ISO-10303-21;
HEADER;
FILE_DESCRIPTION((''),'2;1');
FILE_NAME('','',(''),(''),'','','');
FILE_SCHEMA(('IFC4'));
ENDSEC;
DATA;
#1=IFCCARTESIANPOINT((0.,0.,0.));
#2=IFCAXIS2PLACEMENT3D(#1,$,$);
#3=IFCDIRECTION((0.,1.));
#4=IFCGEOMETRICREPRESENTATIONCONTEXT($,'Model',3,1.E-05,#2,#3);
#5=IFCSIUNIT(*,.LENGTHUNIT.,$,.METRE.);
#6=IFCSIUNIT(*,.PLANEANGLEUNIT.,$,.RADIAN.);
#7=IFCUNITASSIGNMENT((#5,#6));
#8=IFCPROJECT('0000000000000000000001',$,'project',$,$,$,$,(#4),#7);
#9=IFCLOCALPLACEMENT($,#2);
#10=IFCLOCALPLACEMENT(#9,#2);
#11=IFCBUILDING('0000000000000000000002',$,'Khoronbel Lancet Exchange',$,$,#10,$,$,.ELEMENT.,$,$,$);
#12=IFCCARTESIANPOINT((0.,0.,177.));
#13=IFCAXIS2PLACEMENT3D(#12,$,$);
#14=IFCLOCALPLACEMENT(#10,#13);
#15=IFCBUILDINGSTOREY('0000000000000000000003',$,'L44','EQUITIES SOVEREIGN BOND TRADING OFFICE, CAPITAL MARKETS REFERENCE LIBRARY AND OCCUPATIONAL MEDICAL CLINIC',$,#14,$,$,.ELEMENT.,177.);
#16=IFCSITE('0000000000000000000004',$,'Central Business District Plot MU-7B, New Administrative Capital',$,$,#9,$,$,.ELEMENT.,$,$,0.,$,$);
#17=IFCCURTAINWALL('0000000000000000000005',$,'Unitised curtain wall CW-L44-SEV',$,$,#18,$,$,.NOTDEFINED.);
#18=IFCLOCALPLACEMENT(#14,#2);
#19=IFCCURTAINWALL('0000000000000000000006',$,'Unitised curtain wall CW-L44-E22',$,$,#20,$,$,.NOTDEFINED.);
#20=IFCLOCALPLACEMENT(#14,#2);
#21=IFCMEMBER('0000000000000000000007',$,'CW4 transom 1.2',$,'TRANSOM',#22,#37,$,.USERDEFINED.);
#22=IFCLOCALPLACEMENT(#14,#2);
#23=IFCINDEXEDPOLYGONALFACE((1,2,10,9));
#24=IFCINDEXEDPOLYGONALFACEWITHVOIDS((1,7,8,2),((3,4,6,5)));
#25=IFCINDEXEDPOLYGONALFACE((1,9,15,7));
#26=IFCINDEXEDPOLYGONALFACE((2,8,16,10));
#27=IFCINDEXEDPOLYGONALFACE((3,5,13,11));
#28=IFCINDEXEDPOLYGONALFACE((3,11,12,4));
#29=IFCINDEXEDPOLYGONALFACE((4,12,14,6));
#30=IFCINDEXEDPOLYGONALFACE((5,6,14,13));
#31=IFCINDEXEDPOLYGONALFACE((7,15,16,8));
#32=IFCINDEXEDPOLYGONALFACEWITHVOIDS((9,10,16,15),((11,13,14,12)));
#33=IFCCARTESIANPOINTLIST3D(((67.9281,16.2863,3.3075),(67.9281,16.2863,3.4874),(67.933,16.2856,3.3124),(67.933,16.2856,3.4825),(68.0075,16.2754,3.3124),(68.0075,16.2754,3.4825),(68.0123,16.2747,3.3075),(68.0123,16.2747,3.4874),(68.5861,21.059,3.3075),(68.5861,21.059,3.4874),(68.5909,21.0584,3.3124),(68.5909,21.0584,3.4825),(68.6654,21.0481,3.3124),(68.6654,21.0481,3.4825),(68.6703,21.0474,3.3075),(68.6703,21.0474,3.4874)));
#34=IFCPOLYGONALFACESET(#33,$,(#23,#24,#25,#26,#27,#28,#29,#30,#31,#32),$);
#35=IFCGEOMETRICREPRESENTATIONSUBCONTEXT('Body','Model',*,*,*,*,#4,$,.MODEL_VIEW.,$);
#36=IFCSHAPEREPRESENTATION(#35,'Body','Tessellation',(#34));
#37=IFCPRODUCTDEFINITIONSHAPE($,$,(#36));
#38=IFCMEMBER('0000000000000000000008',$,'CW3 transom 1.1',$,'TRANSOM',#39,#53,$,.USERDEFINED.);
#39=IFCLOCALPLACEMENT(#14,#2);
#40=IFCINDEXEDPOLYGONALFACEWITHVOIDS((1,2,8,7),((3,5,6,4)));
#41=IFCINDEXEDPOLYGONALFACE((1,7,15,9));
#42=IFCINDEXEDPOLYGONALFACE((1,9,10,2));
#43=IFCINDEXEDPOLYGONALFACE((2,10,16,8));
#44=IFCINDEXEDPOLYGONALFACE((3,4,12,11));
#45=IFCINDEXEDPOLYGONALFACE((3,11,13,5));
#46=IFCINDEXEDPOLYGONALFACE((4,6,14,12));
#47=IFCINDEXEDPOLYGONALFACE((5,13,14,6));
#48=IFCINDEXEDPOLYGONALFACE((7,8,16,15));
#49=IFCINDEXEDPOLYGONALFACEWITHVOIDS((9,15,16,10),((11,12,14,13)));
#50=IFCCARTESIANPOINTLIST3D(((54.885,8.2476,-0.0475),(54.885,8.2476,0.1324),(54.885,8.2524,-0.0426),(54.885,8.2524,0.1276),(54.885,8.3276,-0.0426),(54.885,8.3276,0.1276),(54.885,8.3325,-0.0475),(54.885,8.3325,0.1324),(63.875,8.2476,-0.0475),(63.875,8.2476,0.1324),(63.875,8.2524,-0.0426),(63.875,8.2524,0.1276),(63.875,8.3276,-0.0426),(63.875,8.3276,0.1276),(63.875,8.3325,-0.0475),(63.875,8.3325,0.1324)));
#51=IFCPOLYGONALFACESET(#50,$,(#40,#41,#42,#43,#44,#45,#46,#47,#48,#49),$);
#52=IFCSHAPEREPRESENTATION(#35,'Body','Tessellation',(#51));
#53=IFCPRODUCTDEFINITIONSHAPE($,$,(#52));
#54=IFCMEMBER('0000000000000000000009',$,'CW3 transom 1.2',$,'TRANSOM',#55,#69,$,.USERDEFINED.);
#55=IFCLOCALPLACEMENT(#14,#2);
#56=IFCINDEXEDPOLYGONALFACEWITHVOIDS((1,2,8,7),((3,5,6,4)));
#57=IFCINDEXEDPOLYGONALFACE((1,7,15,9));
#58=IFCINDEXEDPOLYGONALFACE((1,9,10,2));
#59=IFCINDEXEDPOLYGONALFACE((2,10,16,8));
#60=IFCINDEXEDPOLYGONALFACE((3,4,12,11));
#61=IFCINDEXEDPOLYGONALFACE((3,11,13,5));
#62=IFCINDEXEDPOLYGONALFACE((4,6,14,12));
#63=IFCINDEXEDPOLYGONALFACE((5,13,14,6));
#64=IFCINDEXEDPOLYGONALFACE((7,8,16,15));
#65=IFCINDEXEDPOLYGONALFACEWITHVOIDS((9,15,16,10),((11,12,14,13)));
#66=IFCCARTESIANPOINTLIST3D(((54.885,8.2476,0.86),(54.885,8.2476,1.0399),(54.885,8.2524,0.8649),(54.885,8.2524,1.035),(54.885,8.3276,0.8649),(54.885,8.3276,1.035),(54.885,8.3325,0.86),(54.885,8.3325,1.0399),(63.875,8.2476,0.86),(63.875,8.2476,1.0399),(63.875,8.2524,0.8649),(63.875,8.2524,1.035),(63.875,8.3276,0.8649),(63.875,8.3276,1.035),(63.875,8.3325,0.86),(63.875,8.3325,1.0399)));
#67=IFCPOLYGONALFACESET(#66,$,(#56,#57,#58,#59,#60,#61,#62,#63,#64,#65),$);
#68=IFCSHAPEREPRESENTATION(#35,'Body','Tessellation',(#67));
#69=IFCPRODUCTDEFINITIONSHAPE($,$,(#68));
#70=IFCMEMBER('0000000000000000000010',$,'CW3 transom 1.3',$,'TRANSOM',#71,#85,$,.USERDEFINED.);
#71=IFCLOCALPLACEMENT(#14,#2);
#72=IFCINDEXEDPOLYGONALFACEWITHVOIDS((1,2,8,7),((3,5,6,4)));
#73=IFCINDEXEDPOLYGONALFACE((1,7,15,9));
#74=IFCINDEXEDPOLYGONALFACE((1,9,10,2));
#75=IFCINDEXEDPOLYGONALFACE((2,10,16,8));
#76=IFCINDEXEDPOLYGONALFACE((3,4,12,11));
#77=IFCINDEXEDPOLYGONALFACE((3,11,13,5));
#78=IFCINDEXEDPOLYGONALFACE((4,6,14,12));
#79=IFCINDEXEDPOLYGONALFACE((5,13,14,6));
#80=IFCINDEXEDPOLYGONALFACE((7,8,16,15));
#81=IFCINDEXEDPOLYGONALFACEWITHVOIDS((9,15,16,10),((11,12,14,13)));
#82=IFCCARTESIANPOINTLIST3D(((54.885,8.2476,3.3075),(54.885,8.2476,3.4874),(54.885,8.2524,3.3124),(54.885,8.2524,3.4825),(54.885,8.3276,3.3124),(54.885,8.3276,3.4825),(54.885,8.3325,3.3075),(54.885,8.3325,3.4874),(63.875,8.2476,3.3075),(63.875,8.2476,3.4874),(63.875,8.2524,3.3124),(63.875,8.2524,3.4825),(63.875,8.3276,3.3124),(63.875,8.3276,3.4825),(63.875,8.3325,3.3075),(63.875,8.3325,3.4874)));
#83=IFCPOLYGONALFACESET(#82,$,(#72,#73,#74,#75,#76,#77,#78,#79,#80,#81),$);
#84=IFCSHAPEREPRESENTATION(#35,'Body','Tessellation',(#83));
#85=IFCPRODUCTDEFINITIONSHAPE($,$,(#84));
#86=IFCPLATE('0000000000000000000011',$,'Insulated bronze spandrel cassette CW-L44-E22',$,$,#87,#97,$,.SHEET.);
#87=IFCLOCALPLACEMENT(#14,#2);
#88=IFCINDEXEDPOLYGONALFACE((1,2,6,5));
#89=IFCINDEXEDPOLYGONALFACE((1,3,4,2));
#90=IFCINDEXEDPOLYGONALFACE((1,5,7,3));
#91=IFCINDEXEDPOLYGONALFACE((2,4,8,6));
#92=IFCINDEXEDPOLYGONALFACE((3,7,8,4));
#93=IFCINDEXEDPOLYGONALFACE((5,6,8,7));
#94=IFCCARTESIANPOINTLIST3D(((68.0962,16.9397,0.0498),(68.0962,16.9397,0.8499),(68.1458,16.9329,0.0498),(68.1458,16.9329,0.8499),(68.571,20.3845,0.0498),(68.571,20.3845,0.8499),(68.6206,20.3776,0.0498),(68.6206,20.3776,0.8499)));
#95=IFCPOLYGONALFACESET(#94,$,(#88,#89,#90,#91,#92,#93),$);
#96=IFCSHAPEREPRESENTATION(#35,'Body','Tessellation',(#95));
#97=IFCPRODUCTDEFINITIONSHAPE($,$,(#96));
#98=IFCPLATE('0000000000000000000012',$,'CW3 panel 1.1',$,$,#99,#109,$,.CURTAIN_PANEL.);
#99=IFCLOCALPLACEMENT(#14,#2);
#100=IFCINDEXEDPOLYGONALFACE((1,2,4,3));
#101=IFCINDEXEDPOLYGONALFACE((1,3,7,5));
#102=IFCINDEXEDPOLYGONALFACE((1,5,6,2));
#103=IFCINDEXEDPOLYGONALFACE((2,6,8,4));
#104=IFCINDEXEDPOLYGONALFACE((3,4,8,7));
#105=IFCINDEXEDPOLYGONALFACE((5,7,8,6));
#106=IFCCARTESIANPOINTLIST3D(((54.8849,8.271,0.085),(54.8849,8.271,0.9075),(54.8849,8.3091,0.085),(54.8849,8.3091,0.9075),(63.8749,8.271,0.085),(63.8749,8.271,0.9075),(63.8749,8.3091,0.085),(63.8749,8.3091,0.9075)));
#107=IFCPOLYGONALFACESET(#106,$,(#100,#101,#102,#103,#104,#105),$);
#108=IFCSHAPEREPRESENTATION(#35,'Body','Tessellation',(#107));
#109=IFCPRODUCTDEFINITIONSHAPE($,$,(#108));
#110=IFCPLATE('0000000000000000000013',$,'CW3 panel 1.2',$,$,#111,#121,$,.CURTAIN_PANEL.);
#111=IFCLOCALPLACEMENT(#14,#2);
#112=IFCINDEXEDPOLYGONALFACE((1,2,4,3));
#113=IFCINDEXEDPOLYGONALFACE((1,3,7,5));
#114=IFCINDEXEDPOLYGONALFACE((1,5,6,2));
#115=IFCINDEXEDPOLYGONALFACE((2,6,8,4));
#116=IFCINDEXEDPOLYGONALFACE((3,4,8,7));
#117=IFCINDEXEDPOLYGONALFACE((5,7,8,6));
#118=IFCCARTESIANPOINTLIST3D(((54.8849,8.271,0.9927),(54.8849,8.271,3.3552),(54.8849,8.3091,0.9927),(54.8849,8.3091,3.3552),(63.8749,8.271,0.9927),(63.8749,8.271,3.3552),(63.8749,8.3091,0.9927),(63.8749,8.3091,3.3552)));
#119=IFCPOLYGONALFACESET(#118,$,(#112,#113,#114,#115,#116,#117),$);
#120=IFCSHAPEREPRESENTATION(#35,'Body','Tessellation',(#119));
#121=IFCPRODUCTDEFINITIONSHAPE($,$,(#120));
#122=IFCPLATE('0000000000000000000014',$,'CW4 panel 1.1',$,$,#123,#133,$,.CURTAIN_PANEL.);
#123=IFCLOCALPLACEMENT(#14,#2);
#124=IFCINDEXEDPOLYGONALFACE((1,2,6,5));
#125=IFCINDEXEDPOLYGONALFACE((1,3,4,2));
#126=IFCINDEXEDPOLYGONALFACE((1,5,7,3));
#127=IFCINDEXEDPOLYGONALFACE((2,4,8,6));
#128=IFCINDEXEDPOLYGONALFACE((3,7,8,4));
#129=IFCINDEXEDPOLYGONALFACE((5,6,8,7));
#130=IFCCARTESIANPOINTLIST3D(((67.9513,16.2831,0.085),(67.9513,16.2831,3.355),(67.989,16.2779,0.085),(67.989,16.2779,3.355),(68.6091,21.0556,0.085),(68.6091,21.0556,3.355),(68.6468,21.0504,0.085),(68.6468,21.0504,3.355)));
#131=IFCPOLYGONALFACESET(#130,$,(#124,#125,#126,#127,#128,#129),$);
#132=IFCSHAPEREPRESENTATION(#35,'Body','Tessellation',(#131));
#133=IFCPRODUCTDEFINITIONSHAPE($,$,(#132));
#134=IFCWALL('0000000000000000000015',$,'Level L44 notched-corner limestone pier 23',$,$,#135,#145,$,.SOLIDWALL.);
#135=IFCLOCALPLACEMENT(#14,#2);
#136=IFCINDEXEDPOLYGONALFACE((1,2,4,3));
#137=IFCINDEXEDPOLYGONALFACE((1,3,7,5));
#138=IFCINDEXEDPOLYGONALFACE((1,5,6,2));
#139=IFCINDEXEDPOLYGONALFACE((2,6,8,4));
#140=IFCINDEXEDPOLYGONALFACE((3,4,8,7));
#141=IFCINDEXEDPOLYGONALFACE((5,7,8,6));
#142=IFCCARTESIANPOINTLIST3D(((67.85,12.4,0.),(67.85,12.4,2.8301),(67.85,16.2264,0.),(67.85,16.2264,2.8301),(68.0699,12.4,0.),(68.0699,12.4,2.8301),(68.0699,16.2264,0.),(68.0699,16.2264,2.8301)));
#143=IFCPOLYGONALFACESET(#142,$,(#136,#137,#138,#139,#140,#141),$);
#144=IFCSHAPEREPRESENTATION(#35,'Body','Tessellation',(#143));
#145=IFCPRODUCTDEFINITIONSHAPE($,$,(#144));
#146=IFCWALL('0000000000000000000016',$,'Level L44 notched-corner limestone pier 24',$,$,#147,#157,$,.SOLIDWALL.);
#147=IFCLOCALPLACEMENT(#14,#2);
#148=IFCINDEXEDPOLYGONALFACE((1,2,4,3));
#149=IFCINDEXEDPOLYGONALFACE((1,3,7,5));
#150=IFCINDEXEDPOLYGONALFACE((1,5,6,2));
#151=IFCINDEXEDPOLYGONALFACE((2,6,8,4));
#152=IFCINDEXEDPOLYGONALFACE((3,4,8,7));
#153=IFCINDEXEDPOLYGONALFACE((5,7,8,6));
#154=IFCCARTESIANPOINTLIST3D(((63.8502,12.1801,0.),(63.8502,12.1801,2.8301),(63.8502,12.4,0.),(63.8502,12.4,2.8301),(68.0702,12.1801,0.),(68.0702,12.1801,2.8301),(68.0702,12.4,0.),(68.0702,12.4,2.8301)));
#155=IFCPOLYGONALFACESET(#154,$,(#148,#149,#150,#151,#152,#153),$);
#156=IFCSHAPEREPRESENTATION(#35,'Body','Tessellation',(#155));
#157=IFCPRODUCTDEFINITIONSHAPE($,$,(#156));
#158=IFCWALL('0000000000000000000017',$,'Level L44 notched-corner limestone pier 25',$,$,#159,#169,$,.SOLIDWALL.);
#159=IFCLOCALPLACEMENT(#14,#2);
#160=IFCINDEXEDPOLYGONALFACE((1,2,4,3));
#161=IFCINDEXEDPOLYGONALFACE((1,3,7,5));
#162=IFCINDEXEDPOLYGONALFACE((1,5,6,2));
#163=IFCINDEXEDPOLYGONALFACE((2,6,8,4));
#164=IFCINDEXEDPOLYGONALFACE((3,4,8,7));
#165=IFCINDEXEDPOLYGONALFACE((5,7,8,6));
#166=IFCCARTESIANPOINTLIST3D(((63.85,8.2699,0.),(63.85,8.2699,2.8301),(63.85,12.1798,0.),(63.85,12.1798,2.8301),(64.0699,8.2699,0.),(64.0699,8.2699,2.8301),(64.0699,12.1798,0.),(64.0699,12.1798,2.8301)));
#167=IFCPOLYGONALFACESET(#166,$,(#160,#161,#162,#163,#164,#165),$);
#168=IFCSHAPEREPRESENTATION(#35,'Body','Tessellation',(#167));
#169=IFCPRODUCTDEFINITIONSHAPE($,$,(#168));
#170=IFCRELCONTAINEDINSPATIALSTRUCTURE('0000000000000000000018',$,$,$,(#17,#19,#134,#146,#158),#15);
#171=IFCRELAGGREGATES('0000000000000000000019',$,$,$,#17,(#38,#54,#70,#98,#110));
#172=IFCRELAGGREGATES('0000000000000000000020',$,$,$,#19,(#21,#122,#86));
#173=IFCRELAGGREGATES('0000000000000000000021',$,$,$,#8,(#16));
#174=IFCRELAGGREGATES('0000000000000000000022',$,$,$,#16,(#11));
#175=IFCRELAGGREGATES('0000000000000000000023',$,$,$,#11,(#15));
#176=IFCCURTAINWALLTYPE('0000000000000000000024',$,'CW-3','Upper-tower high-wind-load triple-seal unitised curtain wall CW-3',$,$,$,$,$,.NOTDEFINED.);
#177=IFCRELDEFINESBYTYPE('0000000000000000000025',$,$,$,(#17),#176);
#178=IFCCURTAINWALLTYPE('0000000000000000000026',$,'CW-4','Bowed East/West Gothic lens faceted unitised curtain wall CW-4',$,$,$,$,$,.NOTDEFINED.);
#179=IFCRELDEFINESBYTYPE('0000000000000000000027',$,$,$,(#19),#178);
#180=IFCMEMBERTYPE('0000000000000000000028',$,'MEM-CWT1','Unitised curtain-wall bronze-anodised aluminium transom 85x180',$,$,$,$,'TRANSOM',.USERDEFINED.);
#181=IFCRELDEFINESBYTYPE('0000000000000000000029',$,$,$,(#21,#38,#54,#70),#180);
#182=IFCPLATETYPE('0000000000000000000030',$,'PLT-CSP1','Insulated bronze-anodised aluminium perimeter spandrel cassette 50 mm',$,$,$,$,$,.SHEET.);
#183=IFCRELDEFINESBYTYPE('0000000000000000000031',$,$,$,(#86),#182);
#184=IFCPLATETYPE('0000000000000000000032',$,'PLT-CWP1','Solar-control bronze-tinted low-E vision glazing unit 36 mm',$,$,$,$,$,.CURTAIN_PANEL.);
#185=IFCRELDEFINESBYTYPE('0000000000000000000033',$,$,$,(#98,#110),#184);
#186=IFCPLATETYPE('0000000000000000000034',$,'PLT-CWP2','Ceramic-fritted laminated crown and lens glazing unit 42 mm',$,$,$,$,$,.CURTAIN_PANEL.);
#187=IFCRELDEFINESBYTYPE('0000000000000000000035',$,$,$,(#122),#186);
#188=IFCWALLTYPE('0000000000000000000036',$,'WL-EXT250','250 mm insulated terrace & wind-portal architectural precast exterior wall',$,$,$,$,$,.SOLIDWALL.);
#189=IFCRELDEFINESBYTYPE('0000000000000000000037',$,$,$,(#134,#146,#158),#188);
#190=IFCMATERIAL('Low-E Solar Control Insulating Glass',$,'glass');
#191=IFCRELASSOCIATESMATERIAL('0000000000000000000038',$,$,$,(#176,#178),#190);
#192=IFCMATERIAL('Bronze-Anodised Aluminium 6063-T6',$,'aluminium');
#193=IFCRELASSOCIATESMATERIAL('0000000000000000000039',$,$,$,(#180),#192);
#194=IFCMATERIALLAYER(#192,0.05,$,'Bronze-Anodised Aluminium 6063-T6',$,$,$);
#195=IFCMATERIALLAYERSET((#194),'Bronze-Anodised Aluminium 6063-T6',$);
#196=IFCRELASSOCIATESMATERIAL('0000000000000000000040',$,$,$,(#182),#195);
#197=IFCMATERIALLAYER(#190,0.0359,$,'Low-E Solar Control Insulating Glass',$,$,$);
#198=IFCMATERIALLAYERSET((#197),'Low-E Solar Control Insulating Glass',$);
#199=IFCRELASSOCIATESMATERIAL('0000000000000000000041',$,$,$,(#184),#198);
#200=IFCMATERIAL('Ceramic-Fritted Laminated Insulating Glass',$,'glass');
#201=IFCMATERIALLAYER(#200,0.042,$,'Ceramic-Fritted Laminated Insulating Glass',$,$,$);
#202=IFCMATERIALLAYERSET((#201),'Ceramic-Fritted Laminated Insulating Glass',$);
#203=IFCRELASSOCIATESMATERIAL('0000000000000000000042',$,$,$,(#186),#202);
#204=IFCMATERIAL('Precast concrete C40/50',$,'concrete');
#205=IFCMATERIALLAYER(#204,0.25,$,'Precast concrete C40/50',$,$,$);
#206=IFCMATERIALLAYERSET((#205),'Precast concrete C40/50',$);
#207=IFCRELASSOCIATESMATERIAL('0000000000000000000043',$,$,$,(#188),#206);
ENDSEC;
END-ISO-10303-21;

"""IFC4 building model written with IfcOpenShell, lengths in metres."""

from ifc_helpers import new_model, si_unit, direction, frame, frame_2d, origin, origin_2d, place, context, subcontext, project, spatial, rectangle, hollow_rectangle, extrude, material, layer, layer_set, material_profile, profile_set, type_object, element, aggregate, save


model = new_model("IFC4")

# Units and contexts
model_context = context("Model", 3, precision=1e-05, world=origin(), true_north=direction((0.0, 1.0)))
body_context = subcontext(model_context, "Body", "Model", "MODEL_VIEW")
ifc_project = project(units=[si_unit("LENGTHUNIT", "METRE"), si_unit("PLANEANGLEUNIT", "RADIAN")], contexts=[model_context])

# Site, building, storey
site_placement = place(None, origin())
site = spatial("IfcSite", under=ifc_project, at=site_placement, Name="Central Business District Plot MU-7B, New Administrative Capital", CompositionType="ELEMENT", RefElevation=0.0)
building_placement = place(site_placement, origin())
building = spatial("IfcBuilding", under=site, at=building_placement, Name="Khoronbel Lancet Exchange", CompositionType="ELEMENT")
storey_placement = place(building_placement, frame((0.0, 0.0, 177.0)))
storey = spatial("IfcBuildingStorey", under=building, at=storey_placement, Name="L44", Description="EQUITIES SOVEREIGN BOND TRADING OFFICE, CAPITAL MARKETS REFERENCE LIBRARY AND OCCUPATIONAL MEDICAL CLINIC", CompositionType="ELEMENT", Elevation=177.0)

# Curtain wall
ifc_material_1 = material(Name="Low-E Solar Control Insulating Glass", Category="glass")
curtain_wall_type_1 = type_object("IfcCurtainWallType", Name="CW-3", Description="Upper-tower high-wind-load triple-seal unitised curtain wall CW-3", PredefinedType="NOTDEFINED", material=ifc_material_1)
curtain_wall_1_placement = place(storey_placement, origin())
curtain_wall_1 = element("IfcCurtainWall", 1, at=curtain_wall_1_placement, inside=storey, type_object=curtain_wall_type_1, Name="Unitised curtain wall CW-L44-SEV", PredefinedType="NOTDEFINED")
ifc_material_2 = material(Name="Bronze-Anodised Aluminium 6063-T6", Category="aluminium")
curtain_wall_type_2 = type_object("IfcCurtainWallType", Name="CW-4", Description="Bowed East/West Gothic lens faceted unitised curtain wall CW-4", PredefinedType="NOTDEFINED", material=ifc_material_1)

# Curtain wall, member
curtain_wall_2_placement = place(storey_placement, origin())
curtain_wall_2 = element("IfcCurtainWall", 2, at=curtain_wall_2_placement, inside=storey, type_object=curtain_wall_type_2, Name="Unitised curtain wall CW-L44-E22", PredefinedType="NOTDEFINED")
ifc_material_profile_1 = material_profile(ifc_material_2, hollow_rectangle(XDim=0.085, YDim=0.1799, WallThickness=0.0049, at=origin_2d()), Name="ALU TRANSOM 85x180")
ifc_profile_set_1 = profile_set([ifc_material_profile_1], Name="Bronze-Anodised Aluminium 6063-T6")
member_type_1 = type_object("IfcMemberType", Name="MEM-CWT1", Description="Unitised curtain-wall bronze-anodised aluminium transom 85x180", ElementType="TRANSOM", PredefinedType="USERDEFINED", material=ifc_profile_set_1)
member_1_placement = place(storey_placement, frame((68.6282, 21.0532, 3.3975), z_axis=(-0.136567, -0.990631, 0.0), x_axis=(0.990631, -0.136567, 0.0)))
member_1 = element("IfcMember", 3, at=member_1_placement, type_object=member_type_1, Name="CW4 transom 1.2", ObjectType="TRANSOM", PredefinedType="USERDEFINED", context=body_context, shape_type="SweptSolid", body=[
    extrude(hollow_rectangle(XDim=0.085, YDim=0.1799, WallThickness=0.0049, at=origin_2d()), origin(), (0.0, 0.0, 1.0), 4.8179),
])

# Members
member_2_placement = place(storey_placement, frame((54.885, 8.29, 0.0425), z_axis=(1.0, 0.0, 0.0), x_axis=(0.0, 1.0, 0.0)))
member_2 = element("IfcMember", 4, at=member_2_placement, type_object=member_type_1, Name="CW3 transom 1.1", ObjectType="TRANSOM", PredefinedType="USERDEFINED", context=body_context, shape_type="SweptSolid", body=[
    extrude(hollow_rectangle(XDim=0.085, YDim=0.1799, WallThickness=0.0049, at=origin_2d()), origin(), (0.0, 0.0, 1.0), 8.99),
])
member_3_placement = place(storey_placement, frame((54.885, 8.29, 0.95), z_axis=(1.0, 0.0, 0.0), x_axis=(0.0, 1.0, 0.0)))
member_3 = element("IfcMember", 5, at=member_3_placement, type_object=member_type_1, Name="CW3 transom 1.2", ObjectType="TRANSOM", PredefinedType="USERDEFINED", context=body_context, shape_type="SweptSolid", body=[
    extrude(hollow_rectangle(XDim=0.085, YDim=0.1799, WallThickness=0.0049, at=origin_2d()), origin(), (0.0, 0.0, 1.0), 8.99),
])
member_4_placement = place(storey_placement, frame((54.885, 8.29, 3.3975), z_axis=(1.0, 0.0, 0.0), x_axis=(0.0, 1.0, 0.0)))
member_4 = element("IfcMember", 6, at=member_4_placement, type_object=member_type_1, Name="CW3 transom 1.3", ObjectType="TRANSOM", PredefinedType="USERDEFINED", context=body_context, shape_type="SweptSolid", body=[
    extrude(hollow_rectangle(XDim=0.085, YDim=0.1799, WallThickness=0.0049, at=origin_2d()), origin(), (0.0, 0.0, 1.0), 8.99),
])

# Plates
ifc_layer_1 = layer(ifc_material_2, 0.05, Name="Bronze-Anodised Aluminium 6063-T6")
ifc_layer_set_1 = layer_set([ifc_layer_1], Name="Bronze-Anodised Aluminium 6063-T6")
plate_type_1 = type_object("IfcPlateType", Name="PLT-CSP1", Description="Insulated bronze-anodised aluminium perimeter spandrel cassette 50 mm", PredefinedType="SHEET", material=ifc_layer_set_1)
plate_1_placement = place(storey_placement, frame((68.3584, 18.6587, 0.0498), z_axis=(0.0, 0.0, 1.0), x_axis=(-0.136541, -0.990634, 0.0)))
plate_1 = element("IfcPlate", 7, at=plate_1_placement, type_object=plate_type_1, Name="Insulated bronze spandrel cassette CW-L44-E22", PredefinedType="SHEET", context=body_context, shape_type="SweptSolid", body=[
    extrude(rectangle(XDim=3.4773, YDim=0.05, at=origin_2d()), origin(), (0.0, 0.0, 1.0), 0.8),
])
ifc_layer_2 = layer(ifc_material_1, 0.0359, Name="Low-E Solar Control Insulating Glass")
ifc_layer_set_2 = layer_set([ifc_layer_2], Name="Low-E Solar Control Insulating Glass")
plate_type_2 = type_object("IfcPlateType", Name="PLT-CWP1", Description="Solar-control bronze-tinted low-E vision glazing unit 36 mm", PredefinedType="CURTAIN_PANEL", material=ifc_layer_set_2)
plate_2_placement = place(storey_placement, frame((59.3799, 8.29, 0.085), z_axis=(0.0, 0.0, 1.0), x_axis=(1.0, 0.0, 0.0)))
plate_2 = element("IfcPlate", 8, at=plate_2_placement, type_object=plate_type_2, Name="CW3 panel 1.1", PredefinedType="CURTAIN_PANEL", context=body_context, shape_type="SweptSolid", body=[
    extrude(rectangle(XDim=8.99, YDim=0.0381, at=origin_2d()), origin(), (0.0, 0.0, 1.0), 0.8225),
])
plate_3_placement = place(storey_placement, frame((59.3799, 8.29, 0.9927), z_axis=(0.0, 0.0, 1.0), x_axis=(1.0, 0.0, 0.0)))
plate_3 = element("IfcPlate", 9, at=plate_3_placement, type_object=plate_type_2, Name="CW3 panel 1.2", PredefinedType="CURTAIN_PANEL", context=body_context, shape_type="SweptSolid", body=[
    extrude(rectangle(XDim=8.99, YDim=0.0381, at=origin_2d()), origin(), (0.0, 0.0, 1.0), 2.3625),
])
aggregate(curtain_wall_1, [member_2, member_3, member_4, plate_2, plate_3])
ifc_material_3 = material(Name="Ceramic-Fritted Laminated Insulating Glass", Category="glass")
ifc_layer_3 = layer(ifc_material_3, 0.042, Name="Ceramic-Fritted Laminated Insulating Glass")
ifc_layer_set_3 = layer_set([ifc_layer_3], Name="Ceramic-Fritted Laminated Insulating Glass")
plate_type_3 = type_object("IfcPlateType", Name="PLT-CWP2", Description="Ceramic-fritted laminated crown and lens glazing unit 42 mm", PredefinedType="CURTAIN_PANEL", material=ifc_layer_set_3)
plate_4_placement = place(storey_placement, frame((68.2991, 18.6667, 0.085), z_axis=(0.0, 0.0, 1.0), x_axis=(-0.136541, -0.990634, 0.0)))
plate_4 = element("IfcPlate", 10, at=plate_4_placement, type_object=plate_type_3, Name="CW4 panel 1.1", PredefinedType="CURTAIN_PANEL", context=body_context, shape_type="SweptSolid", body=[
    extrude(rectangle(XDim=4.8176, YDim=0.0381, at=origin_2d()), origin(), (0.0, 0.0, 1.0), 3.27),
])
aggregate(curtain_wall_2, [member_1, plate_4, plate_1])

# Walls
ifc_material_4 = material(Name="Precast concrete C40/50", Category="concrete")
ifc_layer_4 = layer(ifc_material_4, 0.25, Name="Precast concrete C40/50")
ifc_layer_set_4 = layer_set([ifc_layer_4], Name="Precast concrete C40/50")
wall_type_1 = type_object("IfcWallType", Name="WL-EXT250", Description="250 mm insulated terrace & wind-portal architectural precast exterior wall", PredefinedType="SOLIDWALL", material=ifc_layer_set_4)
wall_1_placement = place(storey_placement, frame((67.96, 16.2263, 0.0), z_axis=(0.0, 0.0, 1.0), x_axis=(0.0, -1.0, 0.0)))
element("IfcWall", 11, at=wall_1_placement, inside=storey, type_object=wall_type_1, Name="Level L44 notched-corner limestone pier 23", PredefinedType="SOLIDWALL", context=body_context, shape_type="SweptSolid", body=[
    extrude(rectangle(XDim=3.8264, YDim=0.22, at=frame_2d((1.9131, 0.0))), origin(), (0.0, 0.0, 1.0), 2.8301),
])
wall_2_placement = place(storey_placement, frame((68.0701, 12.29, 0.0), z_axis=(0.0, 0.0, 1.0), x_axis=(-1.0, 0.0, 0.0)))
element("IfcWall", 12, at=wall_2_placement, inside=storey, type_object=wall_type_1, Name="Level L44 notched-corner limestone pier 24", PredefinedType="SOLIDWALL", context=body_context, shape_type="SweptSolid", body=[
    extrude(rectangle(XDim=4.22, YDim=0.22, at=frame_2d((2.1099, 0.0))), origin(), (0.0, 0.0, 1.0), 2.8301),
])
wall_3_placement = place(storey_placement, frame((63.96, 12.1799, 0.0), z_axis=(0.0, 0.0, 1.0), x_axis=(0.0, -1.0, 0.0)))
element("IfcWall", 13, at=wall_3_placement, inside=storey, type_object=wall_type_1, Name="Level L44 notched-corner limestone pier 25", PredefinedType="SOLIDWALL", context=body_context, shape_type="SweptSolid", body=[
    extrude(rectangle(XDim=3.9099, YDim=0.22, at=frame_2d((1.9551, 0.0))), origin(), (0.0, 0.0, 1.0), 2.8301),
])

save(model, "model.ifc")
